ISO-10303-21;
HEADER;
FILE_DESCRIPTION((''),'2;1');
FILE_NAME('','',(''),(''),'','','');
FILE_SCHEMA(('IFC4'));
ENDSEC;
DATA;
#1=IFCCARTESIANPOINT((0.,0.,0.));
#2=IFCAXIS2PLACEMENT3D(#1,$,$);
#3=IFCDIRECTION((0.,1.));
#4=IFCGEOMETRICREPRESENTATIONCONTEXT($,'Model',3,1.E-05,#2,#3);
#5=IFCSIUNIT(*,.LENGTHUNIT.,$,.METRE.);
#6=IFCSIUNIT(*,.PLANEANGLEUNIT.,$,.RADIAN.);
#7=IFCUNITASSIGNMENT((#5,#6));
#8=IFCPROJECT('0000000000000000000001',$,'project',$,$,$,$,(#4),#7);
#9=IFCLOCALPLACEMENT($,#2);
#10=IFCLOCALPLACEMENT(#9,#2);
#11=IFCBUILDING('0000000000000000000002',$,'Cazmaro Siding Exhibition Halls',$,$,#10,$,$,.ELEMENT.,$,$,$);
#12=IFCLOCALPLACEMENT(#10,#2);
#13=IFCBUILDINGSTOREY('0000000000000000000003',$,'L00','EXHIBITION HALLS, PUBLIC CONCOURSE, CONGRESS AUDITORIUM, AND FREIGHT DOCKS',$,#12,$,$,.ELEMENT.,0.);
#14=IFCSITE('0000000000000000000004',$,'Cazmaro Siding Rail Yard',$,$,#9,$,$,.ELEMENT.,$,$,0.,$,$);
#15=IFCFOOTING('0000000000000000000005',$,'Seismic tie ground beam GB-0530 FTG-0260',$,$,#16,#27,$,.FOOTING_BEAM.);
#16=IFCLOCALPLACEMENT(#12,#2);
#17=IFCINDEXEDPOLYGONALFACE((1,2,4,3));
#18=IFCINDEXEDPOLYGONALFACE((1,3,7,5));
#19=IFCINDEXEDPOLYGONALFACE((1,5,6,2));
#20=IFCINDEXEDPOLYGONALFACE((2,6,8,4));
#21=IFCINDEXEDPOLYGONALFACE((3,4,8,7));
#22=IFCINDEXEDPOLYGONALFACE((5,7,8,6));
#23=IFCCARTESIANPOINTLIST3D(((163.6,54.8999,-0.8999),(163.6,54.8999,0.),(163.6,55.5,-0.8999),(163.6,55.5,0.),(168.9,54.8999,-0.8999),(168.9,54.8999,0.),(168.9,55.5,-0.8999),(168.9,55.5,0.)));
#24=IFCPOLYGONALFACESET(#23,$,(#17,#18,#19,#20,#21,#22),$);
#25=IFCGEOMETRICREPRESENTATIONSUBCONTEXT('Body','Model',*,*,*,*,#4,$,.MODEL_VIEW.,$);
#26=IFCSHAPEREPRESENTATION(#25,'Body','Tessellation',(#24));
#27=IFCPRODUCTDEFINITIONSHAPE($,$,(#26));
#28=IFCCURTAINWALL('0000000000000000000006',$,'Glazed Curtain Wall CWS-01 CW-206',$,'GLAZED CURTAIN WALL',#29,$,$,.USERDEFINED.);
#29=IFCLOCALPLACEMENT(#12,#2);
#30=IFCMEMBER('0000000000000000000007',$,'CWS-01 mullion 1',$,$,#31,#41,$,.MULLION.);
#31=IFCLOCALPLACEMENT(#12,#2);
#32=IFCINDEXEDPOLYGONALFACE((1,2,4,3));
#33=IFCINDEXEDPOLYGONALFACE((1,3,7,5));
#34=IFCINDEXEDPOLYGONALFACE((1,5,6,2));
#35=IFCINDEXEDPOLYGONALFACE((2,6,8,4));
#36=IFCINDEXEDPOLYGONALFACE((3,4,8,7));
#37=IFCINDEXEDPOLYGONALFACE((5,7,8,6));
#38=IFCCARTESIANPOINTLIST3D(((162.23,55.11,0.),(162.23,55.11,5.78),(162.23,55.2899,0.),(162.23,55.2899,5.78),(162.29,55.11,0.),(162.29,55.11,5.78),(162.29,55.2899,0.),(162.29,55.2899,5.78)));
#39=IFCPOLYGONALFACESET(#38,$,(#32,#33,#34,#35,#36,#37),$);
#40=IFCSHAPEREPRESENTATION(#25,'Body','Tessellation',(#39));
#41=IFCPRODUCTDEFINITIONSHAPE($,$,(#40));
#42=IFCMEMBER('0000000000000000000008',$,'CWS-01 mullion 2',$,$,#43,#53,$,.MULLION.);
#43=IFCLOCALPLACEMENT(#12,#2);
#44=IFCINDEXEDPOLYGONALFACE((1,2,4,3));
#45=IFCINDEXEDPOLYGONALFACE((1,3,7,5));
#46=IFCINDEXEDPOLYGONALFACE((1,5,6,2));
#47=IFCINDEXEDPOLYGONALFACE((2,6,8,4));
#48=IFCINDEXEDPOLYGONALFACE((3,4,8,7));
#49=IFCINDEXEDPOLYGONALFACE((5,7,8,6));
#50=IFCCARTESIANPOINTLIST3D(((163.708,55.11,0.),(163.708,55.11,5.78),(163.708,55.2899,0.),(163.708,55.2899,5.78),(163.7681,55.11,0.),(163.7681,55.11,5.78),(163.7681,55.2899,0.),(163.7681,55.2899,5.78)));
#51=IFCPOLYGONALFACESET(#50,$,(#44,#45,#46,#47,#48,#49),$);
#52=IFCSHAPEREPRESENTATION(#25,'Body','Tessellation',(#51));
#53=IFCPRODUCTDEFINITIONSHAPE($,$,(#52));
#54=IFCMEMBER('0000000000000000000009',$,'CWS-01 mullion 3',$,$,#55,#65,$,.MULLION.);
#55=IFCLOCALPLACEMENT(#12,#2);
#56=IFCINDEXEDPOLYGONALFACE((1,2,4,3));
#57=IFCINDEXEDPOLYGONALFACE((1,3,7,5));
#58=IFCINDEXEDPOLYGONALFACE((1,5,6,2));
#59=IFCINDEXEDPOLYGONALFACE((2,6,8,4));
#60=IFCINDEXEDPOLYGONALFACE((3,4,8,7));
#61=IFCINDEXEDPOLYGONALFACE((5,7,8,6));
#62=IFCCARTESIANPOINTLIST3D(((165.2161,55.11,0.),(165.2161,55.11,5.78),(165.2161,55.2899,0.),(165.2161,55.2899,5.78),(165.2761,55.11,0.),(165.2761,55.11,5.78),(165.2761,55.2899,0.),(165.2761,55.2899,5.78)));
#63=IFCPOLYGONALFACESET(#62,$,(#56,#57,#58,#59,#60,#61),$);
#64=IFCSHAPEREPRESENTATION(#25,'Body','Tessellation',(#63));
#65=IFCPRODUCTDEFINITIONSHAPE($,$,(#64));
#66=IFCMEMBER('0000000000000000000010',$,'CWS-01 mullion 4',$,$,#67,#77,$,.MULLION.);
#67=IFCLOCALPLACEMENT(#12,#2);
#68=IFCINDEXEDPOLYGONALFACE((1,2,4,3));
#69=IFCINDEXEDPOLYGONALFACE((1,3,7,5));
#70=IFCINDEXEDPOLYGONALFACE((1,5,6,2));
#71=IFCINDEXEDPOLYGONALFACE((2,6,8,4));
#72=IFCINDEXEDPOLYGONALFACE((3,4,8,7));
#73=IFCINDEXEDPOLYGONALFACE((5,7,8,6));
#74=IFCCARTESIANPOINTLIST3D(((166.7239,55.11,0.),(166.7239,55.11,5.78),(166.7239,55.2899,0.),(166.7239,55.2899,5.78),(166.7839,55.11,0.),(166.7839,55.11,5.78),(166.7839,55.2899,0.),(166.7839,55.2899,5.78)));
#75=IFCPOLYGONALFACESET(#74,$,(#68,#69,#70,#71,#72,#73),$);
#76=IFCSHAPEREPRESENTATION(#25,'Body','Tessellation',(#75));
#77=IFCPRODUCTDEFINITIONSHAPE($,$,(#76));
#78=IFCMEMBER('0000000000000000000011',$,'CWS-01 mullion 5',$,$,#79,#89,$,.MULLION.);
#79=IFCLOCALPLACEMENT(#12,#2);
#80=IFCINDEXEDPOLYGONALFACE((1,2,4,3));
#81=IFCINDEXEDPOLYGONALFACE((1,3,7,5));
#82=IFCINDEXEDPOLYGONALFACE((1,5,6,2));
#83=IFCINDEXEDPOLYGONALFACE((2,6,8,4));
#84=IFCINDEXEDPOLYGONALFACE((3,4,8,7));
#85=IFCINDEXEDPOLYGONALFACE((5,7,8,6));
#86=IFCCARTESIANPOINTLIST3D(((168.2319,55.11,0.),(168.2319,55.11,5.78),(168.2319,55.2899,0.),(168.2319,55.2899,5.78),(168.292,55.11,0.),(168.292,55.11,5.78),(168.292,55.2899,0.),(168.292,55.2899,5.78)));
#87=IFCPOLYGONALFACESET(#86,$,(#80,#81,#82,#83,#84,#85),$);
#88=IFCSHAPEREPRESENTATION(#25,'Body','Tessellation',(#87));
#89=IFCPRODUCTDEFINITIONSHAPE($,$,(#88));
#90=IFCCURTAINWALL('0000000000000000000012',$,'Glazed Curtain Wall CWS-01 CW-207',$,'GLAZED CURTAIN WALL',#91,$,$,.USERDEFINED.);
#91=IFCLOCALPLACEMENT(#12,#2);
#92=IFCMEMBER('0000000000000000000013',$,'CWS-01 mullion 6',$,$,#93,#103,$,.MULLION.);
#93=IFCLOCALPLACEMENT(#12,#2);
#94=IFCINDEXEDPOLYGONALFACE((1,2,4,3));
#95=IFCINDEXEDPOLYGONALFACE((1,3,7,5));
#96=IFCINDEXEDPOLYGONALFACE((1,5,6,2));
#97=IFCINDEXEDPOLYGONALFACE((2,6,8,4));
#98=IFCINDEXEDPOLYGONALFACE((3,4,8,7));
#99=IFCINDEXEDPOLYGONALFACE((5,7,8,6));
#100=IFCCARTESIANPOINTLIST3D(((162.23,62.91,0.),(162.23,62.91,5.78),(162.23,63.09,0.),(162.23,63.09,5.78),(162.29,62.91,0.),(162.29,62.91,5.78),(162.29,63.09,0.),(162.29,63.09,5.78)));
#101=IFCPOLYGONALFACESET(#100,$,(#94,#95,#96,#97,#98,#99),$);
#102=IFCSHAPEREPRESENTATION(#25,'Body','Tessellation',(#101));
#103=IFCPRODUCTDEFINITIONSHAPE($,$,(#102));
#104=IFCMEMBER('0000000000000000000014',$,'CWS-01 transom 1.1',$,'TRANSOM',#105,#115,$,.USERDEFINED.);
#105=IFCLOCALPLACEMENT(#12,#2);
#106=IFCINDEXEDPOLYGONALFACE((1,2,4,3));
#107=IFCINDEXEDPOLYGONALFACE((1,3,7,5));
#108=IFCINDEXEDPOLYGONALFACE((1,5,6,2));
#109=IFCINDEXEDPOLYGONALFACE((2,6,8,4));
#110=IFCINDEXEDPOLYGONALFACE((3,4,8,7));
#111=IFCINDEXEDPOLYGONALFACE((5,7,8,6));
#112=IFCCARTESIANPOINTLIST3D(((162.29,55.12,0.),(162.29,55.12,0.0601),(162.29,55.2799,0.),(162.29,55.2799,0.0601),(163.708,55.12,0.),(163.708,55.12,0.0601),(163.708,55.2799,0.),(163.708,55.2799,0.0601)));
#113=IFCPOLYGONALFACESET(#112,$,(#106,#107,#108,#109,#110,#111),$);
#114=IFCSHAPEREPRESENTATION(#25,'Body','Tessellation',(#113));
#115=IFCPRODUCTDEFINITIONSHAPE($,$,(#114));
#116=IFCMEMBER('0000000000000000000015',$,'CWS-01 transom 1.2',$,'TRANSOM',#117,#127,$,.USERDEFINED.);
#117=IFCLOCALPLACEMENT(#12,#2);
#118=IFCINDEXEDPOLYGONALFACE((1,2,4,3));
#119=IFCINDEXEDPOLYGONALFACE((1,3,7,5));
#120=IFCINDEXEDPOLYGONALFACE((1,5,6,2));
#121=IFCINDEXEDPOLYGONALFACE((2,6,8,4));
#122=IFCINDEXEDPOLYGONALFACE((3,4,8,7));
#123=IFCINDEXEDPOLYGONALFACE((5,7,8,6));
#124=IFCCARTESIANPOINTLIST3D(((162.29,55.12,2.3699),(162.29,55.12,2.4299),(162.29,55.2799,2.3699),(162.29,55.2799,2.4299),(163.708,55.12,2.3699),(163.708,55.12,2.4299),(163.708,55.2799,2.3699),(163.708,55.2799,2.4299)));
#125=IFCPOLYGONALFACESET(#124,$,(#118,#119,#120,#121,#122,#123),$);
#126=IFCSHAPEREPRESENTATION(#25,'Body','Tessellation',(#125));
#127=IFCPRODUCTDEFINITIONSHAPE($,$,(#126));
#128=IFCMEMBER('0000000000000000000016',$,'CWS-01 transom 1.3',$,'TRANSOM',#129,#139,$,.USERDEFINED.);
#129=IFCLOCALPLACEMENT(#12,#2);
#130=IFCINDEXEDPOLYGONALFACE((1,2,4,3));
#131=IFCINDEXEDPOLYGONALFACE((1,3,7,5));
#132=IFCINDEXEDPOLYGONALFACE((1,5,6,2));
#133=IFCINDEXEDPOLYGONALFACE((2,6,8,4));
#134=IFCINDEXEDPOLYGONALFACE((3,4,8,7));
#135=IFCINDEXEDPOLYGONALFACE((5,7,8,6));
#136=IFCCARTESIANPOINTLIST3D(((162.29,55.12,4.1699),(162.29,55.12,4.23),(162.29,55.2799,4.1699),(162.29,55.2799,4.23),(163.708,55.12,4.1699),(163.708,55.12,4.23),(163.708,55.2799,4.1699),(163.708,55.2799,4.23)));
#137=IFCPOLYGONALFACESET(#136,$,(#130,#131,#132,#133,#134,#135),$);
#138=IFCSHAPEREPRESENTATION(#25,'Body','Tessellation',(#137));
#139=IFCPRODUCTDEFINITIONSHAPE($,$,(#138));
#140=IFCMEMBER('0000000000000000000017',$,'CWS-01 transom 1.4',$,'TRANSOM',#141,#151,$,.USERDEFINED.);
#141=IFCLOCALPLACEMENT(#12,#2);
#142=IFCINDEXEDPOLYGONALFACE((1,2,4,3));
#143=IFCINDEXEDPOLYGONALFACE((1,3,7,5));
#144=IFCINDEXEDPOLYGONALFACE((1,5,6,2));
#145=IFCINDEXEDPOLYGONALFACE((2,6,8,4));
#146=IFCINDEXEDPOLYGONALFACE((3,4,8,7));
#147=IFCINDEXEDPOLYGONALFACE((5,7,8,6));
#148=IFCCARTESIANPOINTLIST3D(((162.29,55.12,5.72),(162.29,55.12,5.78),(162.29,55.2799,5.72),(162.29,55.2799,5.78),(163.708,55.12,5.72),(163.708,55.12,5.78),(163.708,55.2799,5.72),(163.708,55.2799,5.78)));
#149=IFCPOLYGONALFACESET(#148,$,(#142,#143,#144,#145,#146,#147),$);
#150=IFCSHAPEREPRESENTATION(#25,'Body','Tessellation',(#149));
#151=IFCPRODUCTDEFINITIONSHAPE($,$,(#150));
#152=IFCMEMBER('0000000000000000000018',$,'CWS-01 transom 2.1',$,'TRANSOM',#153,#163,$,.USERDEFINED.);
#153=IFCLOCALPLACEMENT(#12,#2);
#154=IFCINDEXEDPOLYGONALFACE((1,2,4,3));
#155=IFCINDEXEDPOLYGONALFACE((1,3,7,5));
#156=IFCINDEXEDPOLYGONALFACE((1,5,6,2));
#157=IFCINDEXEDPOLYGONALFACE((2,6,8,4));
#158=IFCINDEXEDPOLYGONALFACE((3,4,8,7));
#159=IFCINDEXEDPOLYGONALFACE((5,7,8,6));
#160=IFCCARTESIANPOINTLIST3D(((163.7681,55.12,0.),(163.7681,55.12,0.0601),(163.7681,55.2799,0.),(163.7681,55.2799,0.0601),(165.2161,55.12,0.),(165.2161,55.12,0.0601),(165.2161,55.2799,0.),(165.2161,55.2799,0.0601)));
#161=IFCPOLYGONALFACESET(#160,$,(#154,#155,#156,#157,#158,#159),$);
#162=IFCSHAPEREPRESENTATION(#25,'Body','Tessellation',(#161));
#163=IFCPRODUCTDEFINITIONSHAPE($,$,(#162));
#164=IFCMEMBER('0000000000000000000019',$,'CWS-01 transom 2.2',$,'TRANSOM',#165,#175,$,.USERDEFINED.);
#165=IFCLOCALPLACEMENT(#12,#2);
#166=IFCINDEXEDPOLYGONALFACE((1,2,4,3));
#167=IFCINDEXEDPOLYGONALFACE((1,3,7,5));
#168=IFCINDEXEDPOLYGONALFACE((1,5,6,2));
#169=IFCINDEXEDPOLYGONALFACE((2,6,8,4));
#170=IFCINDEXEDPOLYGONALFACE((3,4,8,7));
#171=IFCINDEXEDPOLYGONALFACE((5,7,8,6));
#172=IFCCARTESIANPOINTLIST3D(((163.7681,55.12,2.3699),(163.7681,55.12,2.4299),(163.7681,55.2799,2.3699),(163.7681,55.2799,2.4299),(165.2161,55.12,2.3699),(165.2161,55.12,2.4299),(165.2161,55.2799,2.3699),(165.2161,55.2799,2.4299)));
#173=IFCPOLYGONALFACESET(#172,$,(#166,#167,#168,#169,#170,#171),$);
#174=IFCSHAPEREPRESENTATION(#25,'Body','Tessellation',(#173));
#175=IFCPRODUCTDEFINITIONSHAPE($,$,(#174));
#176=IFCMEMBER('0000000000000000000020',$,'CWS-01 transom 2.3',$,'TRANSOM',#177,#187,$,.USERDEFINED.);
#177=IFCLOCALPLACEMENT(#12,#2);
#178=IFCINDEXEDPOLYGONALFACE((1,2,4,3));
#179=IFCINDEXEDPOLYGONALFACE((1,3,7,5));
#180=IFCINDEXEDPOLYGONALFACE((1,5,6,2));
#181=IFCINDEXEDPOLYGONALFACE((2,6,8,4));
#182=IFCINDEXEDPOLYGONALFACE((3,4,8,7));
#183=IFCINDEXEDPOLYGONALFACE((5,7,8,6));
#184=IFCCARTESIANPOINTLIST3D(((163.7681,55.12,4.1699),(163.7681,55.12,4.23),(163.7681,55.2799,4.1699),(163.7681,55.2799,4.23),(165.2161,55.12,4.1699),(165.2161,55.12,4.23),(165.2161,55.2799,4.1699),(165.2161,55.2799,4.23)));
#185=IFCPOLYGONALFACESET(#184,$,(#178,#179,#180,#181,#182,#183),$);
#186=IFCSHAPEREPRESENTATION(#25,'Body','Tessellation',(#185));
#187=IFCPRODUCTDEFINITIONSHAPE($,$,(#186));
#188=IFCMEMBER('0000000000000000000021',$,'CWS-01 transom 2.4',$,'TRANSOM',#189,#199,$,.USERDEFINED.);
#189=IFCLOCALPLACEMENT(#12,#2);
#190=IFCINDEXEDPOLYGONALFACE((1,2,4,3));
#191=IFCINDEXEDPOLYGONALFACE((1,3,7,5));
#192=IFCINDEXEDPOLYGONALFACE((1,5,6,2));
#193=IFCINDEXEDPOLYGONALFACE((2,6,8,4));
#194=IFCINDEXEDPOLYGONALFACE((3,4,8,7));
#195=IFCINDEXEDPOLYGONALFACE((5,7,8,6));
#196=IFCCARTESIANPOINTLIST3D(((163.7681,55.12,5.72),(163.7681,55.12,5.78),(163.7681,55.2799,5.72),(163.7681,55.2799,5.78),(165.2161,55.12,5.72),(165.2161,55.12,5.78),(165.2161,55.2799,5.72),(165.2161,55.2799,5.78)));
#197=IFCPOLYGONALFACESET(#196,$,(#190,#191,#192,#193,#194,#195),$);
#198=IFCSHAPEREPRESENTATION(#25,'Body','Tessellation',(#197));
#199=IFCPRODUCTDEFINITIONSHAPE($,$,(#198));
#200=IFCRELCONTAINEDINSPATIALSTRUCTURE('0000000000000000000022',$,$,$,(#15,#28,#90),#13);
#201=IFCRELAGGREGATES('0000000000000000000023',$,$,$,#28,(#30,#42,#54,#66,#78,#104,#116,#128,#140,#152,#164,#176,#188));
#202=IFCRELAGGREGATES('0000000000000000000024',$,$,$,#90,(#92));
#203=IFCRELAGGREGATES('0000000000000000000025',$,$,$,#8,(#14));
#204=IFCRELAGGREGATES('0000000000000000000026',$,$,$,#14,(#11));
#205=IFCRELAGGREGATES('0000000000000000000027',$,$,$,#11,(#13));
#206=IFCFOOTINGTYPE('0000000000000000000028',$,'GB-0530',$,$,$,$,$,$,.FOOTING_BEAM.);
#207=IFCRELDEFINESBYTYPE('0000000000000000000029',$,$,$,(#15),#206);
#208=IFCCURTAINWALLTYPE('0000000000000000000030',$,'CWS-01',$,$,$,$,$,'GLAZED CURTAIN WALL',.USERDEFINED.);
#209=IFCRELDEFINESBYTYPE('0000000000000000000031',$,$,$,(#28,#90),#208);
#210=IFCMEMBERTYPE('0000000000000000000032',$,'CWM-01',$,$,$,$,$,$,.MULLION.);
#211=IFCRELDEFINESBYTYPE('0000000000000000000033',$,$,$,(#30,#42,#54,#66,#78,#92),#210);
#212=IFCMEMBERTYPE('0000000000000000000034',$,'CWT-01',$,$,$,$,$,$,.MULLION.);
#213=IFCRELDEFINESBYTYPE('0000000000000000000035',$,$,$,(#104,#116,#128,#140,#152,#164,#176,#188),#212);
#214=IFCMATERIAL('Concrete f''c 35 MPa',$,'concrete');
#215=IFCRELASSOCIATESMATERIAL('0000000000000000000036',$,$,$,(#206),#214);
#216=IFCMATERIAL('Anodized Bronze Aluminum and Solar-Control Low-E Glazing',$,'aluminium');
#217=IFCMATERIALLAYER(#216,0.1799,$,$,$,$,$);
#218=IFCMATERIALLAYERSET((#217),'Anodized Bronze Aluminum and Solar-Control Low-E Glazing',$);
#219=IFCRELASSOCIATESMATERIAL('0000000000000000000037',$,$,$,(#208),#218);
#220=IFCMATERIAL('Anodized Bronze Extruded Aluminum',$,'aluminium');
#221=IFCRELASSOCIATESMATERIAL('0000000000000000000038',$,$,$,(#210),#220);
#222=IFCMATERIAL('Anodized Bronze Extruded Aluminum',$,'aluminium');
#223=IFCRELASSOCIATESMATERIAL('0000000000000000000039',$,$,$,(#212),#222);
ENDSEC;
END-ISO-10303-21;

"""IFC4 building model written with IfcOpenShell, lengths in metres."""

from ifc_helpers import new_model, si_unit, direction, frame, origin, origin_2d, place, context, subcontext, project, spatial, rectangle, extrude, material, layer, layer_set, material_profile, profile_set, type_object, element, aggregate, save


model = new_model("IFC4")

# Units and contexts
model_context = context("Model", 3, precision=1e-05, world=origin(), true_north=direction((0.0, 1.0)))
body_context = subcontext(model_context, "Body", "Model", "MODEL_VIEW")
ifc_project = project(units=[si_unit("LENGTHUNIT", "METRE"), si_unit("PLANEANGLEUNIT", "RADIAN")], contexts=[model_context])

# Site, building, storey
site_placement = place(None, origin())
site = spatial("IfcSite", under=ifc_project, at=site_placement, Name="Cazmaro Siding Rail Yard", CompositionType="ELEMENT", RefElevation=0.0)
building_placement = place(site_placement, origin())
building = spatial("IfcBuilding", under=site, at=building_placement, Name="Cazmaro Siding Exhibition Halls", CompositionType="ELEMENT")
storey_placement = place(building_placement, origin())
storey = spatial("IfcBuildingStorey", under=building, at=storey_placement, Name="L00", Description="EXHIBITION HALLS, PUBLIC CONCOURSE, CONGRESS AUDITORIUM, AND FREIGHT DOCKS", CompositionType="ELEMENT", Elevation=0.0)

# Footing
ifc_material_1 = material(Name="Concrete f'c 35 MPa", Category="concrete")
footing_type = type_object("IfcFootingType", Name="GB-0530", PredefinedType="FOOTING_BEAM", material=ifc_material_1)
footing_placement = place(storey_placement, frame((166.25, 55.2, -0.8999), z_axis=(0.0, 0.0, 1.0), x_axis=(1.0, 0.0, 0.0)))
element("IfcFooting", 1, at=footing_placement, inside=storey, type_object=footing_type, Name="Seismic tie ground beam GB-0530 FTG-0260", PredefinedType="FOOTING_BEAM", context=body_context, shape_type="SweptSolid", body=[
    extrude(rectangle(XDim=5.3, YDim=0.6001, at=origin_2d()), origin(), (0.0, 0.0, 1.0), 0.8999),
])

# Curtain wall, members
ifc_material_2 = material(Name="Anodized Bronze Aluminum and Solar-Control Low-E Glazing", Category="aluminium")
ifc_layer_1 = layer(ifc_material_2, 0.1799)
ifc_layer_set_1 = layer_set([ifc_layer_1], Name="Anodized Bronze Aluminum and Solar-Control Low-E Glazing")
curtain_wall_type = type_object("IfcCurtainWallType", Name="CWS-01", ElementType="GLAZED CURTAIN WALL", PredefinedType="USERDEFINED", material=ifc_layer_set_1)
curtain_wall_1_placement = place(storey_placement, origin())
curtain_wall_1 = element("IfcCurtainWall", 2, at=curtain_wall_1_placement, inside=storey, type_object=curtain_wall_type, Name="Glazed Curtain Wall CWS-01 CW-206", ObjectType="GLAZED CURTAIN WALL", PredefinedType="USERDEFINED")
ifc_material_3 = material(Name="Anodized Bronze Extruded Aluminum", Category="aluminium")
ifc_material_profile_1 = material_profile(ifc_material_3, rectangle(XDim=0.1799, YDim=0.0601, at=origin_2d()), Name="CWM-01")
ifc_profile_set_1 = profile_set([ifc_material_profile_1], Name="Anodized Bronze Extruded Aluminum")
member_type_1 = type_object("IfcMemberType", Name="CWM-01", PredefinedType="MULLION", material=ifc_profile_set_1)
member_1_placement = place(storey_placement, frame((162.26, 55.2, 0.0), z_axis=(0.0, 0.0, 1.0), x_axis=(0.0, 1.0, 0.0)))
member_1 = element("IfcMember", 3, at=member_1_placement, type_object=member_type_1, Name="CWS-01 mullion 1", PredefinedType="MULLION", context=body_context, shape_type="SweptSolid", body=[
    extrude(rectangle(XDim=0.1799, YDim=0.0601, at=origin_2d()), origin(), (0.0, 0.0, 1.0), 5.78),
])
member_2_placement = place(storey_placement, frame((163.738, 55.2, 0.0), z_axis=(0.0, 0.0, 1.0), x_axis=(0.0, 1.0, 0.0)))
member_2 = element("IfcMember", 4, at=member_2_placement, type_object=member_type_1, Name="CWS-01 mullion 2", PredefinedType="MULLION", context=body_context, shape_type="SweptSolid", body=[
    extrude(rectangle(XDim=0.1799, YDim=0.0601, at=origin_2d()), origin(), (0.0, 0.0, 1.0), 5.78),
])
member_3_placement = place(storey_placement, frame((165.2461, 55.2, 0.0), z_axis=(0.0, 0.0, 1.0), x_axis=(0.0, 1.0, 0.0)))
member_3 = element("IfcMember", 5, at=member_3_placement, type_object=member_type_1, Name="CWS-01 mullion 3", PredefinedType="MULLION", context=body_context, shape_type="SweptSolid", body=[
    extrude(rectangle(XDim=0.1799, YDim=0.0601, at=origin_2d()), origin(), (0.0, 0.0, 1.0), 5.78),
])
member_4_placement = place(storey_placement, frame((166.7539, 55.2, 0.0), z_axis=(0.0, 0.0, 1.0), x_axis=(0.0, 1.0, 0.0)))
member_4 = element("IfcMember", 6, at=member_4_placement, type_object=member_type_1, Name="CWS-01 mullion 4", PredefinedType="MULLION", context=body_context, shape_type="SweptSolid", body=[
    extrude(rectangle(XDim=0.1799, YDim=0.0601, at=origin_2d()), origin(), (0.0, 0.0, 1.0), 5.78),
])
member_5_placement = place(storey_placement, frame((168.262, 55.2, 0.0), z_axis=(0.0, 0.0, 1.0), x_axis=(0.0, 1.0, 0.0)))
member_5 = element("IfcMember", 7, at=member_5_placement, type_object=member_type_1, Name="CWS-01 mullion 5", PredefinedType="MULLION", context=body_context, shape_type="SweptSolid", body=[
    extrude(rectangle(XDim=0.1799, YDim=0.0601, at=origin_2d()), origin(), (0.0, 0.0, 1.0), 5.78),
])

# Curtain wall, member
curtain_wall_2_placement = place(storey_placement, origin())
curtain_wall_2 = element("IfcCurtainWall", 8, at=curtain_wall_2_placement, inside=storey, type_object=curtain_wall_type, Name="Glazed Curtain Wall CWS-01 CW-207", ObjectType="GLAZED CURTAIN WALL", PredefinedType="USERDEFINED")
member_6_placement = place(storey_placement, frame((162.26, 63.0, 0.0), z_axis=(0.0, 0.0, 1.0), x_axis=(0.0, -1.0, 0.0)))
member_6 = element("IfcMember", 9, at=member_6_placement, type_object=member_type_1, Name="CWS-01 mullion 6", PredefinedType="MULLION", context=body_context, shape_type="SweptSolid", body=[
    extrude(rectangle(XDim=0.1799, YDim=0.0601, at=origin_2d()), origin(), (0.0, 0.0, 1.0), 5.78),
])

# Members
ifc_material_4 = material(Name="Anodized Bronze Extruded Aluminum", Category="aluminium")
ifc_material_profile_2 = material_profile(ifc_material_4, rectangle(XDim=0.1599, YDim=0.0601, at=origin_2d()), Name="CWT-01")
ifc_profile_set_2 = profile_set([ifc_material_profile_2], Name="Anodized Bronze Extruded Aluminum")
member_type_2 = type_object("IfcMemberType", Name="CWT-01", PredefinedType="MULLION", material=ifc_profile_set_2)
member_7_placement = place(storey_placement, frame((162.29, 55.2, 0.03), z_axis=(1.0, 0.0, 0.0), x_axis=(0.0, 1.0, 0.0)))
member_7 = element("IfcMember", 10, at=member_7_placement, type_object=member_type_2, Name="CWS-01 transom 1.1", ObjectType="TRANSOM", PredefinedType="USERDEFINED", context=body_context, shape_type="SweptSolid", body=[
    extrude(rectangle(XDim=0.1599, YDim=0.0601, at=origin_2d()), origin(), (0.0, 0.0, 1.0), 1.418),
])
member_8_placement = place(storey_placement, frame((162.29, 55.2, 2.3999), z_axis=(1.0, 0.0, 0.0), x_axis=(0.0, 1.0, 0.0)))
member_8 = element("IfcMember", 11, at=member_8_placement, type_object=member_type_2, Name="CWS-01 transom 1.2", ObjectType="TRANSOM", PredefinedType="USERDEFINED", context=body_context, shape_type="SweptSolid", body=[
    extrude(rectangle(XDim=0.1599, YDim=0.0601, at=origin_2d()), origin(), (0.0, 0.0, 1.0), 1.418),
])
member_9_placement = place(storey_placement, frame((162.29, 55.2, 4.2), z_axis=(1.0, 0.0, 0.0), x_axis=(0.0, 1.0, 0.0)))
member_9 = element("IfcMember", 12, at=member_9_placement, type_object=member_type_2, Name="CWS-01 transom 1.3", ObjectType="TRANSOM", PredefinedType="USERDEFINED", context=body_context, shape_type="SweptSolid", body=[
    extrude(rectangle(XDim=0.1599, YDim=0.0601, at=origin_2d()), origin(), (0.0, 0.0, 1.0), 1.418),
])
member_10_placement = place(storey_placement, frame((162.29, 55.2, 5.75), z_axis=(1.0, 0.0, 0.0), x_axis=(0.0, 1.0, 0.0)))
member_10 = element("IfcMember", 13, at=member_10_placement, type_object=member_type_2, Name="CWS-01 transom 1.4", ObjectType="TRANSOM", PredefinedType="USERDEFINED", context=body_context, shape_type="SweptSolid", body=[
    extrude(rectangle(XDim=0.1599, YDim=0.0601, at=origin_2d()), origin(), (0.0, 0.0, 1.0), 1.418),
])
member_11_placement = place(storey_placement, frame((163.7681, 55.2, 0.03), z_axis=(1.0, 0.0, 0.0), x_axis=(0.0, 1.0, 0.0)))
member_11 = element("IfcMember", 14, at=member_11_placement, type_object=member_type_2, Name="CWS-01 transom 2.1", ObjectType="TRANSOM", PredefinedType="USERDEFINED", context=body_context, shape_type="SweptSolid", body=[
    extrude(rectangle(XDim=0.1599, YDim=0.0601, at=origin_2d()), origin(), (0.0, 0.0, 1.0), 1.448),
])
member_12_placement = place(storey_placement, frame((163.7681, 55.2, 2.3999), z_axis=(1.0, 0.0, 0.0), x_axis=(0.0, 1.0, 0.0)))
member_12 = element("IfcMember", 15, at=member_12_placement, type_object=member_type_2, Name="CWS-01 transom 2.2", ObjectType="TRANSOM", PredefinedType="USERDEFINED", context=body_context, shape_type="SweptSolid", body=[
    extrude(rectangle(XDim=0.1599, YDim=0.0601, at=origin_2d()), origin(), (0.0, 0.0, 1.0), 1.448),
])
member_13_placement = place(storey_placement, frame((163.7681, 55.2, 4.2), z_axis=(1.0, 0.0, 0.0), x_axis=(0.0, 1.0, 0.0)))
member_13 = element("IfcMember", 16, at=member_13_placement, type_object=member_type_2, Name="CWS-01 transom 2.3", ObjectType="TRANSOM", PredefinedType="USERDEFINED", context=body_context, shape_type="SweptSolid", body=[
    extrude(rectangle(XDim=0.1599, YDim=0.0601, at=origin_2d()), origin(), (0.0, 0.0, 1.0), 1.448),
])
member_14_placement = place(storey_placement, frame((163.7681, 55.2, 5.75), z_axis=(1.0, 0.0, 0.0), x_axis=(0.0, 1.0, 0.0)))
member_14 = element("IfcMember", 17, at=member_14_placement, type_object=member_type_2, Name="CWS-01 transom 2.4", ObjectType="TRANSOM", PredefinedType="USERDEFINED", context=body_context, shape_type="SweptSolid", body=[
    extrude(rectangle(XDim=0.1599, YDim=0.0601, at=origin_2d()), origin(), (0.0, 0.0, 1.0), 1.448),
])

aggregate(curtain_wall_1, [member_1, member_2, member_3, member_4, member_5, member_7, member_8, member_9, member_10, member_11, member_12, member_13, member_14])
aggregate(curtain_wall_2, [member_6])

save(model, "model.ifc")
